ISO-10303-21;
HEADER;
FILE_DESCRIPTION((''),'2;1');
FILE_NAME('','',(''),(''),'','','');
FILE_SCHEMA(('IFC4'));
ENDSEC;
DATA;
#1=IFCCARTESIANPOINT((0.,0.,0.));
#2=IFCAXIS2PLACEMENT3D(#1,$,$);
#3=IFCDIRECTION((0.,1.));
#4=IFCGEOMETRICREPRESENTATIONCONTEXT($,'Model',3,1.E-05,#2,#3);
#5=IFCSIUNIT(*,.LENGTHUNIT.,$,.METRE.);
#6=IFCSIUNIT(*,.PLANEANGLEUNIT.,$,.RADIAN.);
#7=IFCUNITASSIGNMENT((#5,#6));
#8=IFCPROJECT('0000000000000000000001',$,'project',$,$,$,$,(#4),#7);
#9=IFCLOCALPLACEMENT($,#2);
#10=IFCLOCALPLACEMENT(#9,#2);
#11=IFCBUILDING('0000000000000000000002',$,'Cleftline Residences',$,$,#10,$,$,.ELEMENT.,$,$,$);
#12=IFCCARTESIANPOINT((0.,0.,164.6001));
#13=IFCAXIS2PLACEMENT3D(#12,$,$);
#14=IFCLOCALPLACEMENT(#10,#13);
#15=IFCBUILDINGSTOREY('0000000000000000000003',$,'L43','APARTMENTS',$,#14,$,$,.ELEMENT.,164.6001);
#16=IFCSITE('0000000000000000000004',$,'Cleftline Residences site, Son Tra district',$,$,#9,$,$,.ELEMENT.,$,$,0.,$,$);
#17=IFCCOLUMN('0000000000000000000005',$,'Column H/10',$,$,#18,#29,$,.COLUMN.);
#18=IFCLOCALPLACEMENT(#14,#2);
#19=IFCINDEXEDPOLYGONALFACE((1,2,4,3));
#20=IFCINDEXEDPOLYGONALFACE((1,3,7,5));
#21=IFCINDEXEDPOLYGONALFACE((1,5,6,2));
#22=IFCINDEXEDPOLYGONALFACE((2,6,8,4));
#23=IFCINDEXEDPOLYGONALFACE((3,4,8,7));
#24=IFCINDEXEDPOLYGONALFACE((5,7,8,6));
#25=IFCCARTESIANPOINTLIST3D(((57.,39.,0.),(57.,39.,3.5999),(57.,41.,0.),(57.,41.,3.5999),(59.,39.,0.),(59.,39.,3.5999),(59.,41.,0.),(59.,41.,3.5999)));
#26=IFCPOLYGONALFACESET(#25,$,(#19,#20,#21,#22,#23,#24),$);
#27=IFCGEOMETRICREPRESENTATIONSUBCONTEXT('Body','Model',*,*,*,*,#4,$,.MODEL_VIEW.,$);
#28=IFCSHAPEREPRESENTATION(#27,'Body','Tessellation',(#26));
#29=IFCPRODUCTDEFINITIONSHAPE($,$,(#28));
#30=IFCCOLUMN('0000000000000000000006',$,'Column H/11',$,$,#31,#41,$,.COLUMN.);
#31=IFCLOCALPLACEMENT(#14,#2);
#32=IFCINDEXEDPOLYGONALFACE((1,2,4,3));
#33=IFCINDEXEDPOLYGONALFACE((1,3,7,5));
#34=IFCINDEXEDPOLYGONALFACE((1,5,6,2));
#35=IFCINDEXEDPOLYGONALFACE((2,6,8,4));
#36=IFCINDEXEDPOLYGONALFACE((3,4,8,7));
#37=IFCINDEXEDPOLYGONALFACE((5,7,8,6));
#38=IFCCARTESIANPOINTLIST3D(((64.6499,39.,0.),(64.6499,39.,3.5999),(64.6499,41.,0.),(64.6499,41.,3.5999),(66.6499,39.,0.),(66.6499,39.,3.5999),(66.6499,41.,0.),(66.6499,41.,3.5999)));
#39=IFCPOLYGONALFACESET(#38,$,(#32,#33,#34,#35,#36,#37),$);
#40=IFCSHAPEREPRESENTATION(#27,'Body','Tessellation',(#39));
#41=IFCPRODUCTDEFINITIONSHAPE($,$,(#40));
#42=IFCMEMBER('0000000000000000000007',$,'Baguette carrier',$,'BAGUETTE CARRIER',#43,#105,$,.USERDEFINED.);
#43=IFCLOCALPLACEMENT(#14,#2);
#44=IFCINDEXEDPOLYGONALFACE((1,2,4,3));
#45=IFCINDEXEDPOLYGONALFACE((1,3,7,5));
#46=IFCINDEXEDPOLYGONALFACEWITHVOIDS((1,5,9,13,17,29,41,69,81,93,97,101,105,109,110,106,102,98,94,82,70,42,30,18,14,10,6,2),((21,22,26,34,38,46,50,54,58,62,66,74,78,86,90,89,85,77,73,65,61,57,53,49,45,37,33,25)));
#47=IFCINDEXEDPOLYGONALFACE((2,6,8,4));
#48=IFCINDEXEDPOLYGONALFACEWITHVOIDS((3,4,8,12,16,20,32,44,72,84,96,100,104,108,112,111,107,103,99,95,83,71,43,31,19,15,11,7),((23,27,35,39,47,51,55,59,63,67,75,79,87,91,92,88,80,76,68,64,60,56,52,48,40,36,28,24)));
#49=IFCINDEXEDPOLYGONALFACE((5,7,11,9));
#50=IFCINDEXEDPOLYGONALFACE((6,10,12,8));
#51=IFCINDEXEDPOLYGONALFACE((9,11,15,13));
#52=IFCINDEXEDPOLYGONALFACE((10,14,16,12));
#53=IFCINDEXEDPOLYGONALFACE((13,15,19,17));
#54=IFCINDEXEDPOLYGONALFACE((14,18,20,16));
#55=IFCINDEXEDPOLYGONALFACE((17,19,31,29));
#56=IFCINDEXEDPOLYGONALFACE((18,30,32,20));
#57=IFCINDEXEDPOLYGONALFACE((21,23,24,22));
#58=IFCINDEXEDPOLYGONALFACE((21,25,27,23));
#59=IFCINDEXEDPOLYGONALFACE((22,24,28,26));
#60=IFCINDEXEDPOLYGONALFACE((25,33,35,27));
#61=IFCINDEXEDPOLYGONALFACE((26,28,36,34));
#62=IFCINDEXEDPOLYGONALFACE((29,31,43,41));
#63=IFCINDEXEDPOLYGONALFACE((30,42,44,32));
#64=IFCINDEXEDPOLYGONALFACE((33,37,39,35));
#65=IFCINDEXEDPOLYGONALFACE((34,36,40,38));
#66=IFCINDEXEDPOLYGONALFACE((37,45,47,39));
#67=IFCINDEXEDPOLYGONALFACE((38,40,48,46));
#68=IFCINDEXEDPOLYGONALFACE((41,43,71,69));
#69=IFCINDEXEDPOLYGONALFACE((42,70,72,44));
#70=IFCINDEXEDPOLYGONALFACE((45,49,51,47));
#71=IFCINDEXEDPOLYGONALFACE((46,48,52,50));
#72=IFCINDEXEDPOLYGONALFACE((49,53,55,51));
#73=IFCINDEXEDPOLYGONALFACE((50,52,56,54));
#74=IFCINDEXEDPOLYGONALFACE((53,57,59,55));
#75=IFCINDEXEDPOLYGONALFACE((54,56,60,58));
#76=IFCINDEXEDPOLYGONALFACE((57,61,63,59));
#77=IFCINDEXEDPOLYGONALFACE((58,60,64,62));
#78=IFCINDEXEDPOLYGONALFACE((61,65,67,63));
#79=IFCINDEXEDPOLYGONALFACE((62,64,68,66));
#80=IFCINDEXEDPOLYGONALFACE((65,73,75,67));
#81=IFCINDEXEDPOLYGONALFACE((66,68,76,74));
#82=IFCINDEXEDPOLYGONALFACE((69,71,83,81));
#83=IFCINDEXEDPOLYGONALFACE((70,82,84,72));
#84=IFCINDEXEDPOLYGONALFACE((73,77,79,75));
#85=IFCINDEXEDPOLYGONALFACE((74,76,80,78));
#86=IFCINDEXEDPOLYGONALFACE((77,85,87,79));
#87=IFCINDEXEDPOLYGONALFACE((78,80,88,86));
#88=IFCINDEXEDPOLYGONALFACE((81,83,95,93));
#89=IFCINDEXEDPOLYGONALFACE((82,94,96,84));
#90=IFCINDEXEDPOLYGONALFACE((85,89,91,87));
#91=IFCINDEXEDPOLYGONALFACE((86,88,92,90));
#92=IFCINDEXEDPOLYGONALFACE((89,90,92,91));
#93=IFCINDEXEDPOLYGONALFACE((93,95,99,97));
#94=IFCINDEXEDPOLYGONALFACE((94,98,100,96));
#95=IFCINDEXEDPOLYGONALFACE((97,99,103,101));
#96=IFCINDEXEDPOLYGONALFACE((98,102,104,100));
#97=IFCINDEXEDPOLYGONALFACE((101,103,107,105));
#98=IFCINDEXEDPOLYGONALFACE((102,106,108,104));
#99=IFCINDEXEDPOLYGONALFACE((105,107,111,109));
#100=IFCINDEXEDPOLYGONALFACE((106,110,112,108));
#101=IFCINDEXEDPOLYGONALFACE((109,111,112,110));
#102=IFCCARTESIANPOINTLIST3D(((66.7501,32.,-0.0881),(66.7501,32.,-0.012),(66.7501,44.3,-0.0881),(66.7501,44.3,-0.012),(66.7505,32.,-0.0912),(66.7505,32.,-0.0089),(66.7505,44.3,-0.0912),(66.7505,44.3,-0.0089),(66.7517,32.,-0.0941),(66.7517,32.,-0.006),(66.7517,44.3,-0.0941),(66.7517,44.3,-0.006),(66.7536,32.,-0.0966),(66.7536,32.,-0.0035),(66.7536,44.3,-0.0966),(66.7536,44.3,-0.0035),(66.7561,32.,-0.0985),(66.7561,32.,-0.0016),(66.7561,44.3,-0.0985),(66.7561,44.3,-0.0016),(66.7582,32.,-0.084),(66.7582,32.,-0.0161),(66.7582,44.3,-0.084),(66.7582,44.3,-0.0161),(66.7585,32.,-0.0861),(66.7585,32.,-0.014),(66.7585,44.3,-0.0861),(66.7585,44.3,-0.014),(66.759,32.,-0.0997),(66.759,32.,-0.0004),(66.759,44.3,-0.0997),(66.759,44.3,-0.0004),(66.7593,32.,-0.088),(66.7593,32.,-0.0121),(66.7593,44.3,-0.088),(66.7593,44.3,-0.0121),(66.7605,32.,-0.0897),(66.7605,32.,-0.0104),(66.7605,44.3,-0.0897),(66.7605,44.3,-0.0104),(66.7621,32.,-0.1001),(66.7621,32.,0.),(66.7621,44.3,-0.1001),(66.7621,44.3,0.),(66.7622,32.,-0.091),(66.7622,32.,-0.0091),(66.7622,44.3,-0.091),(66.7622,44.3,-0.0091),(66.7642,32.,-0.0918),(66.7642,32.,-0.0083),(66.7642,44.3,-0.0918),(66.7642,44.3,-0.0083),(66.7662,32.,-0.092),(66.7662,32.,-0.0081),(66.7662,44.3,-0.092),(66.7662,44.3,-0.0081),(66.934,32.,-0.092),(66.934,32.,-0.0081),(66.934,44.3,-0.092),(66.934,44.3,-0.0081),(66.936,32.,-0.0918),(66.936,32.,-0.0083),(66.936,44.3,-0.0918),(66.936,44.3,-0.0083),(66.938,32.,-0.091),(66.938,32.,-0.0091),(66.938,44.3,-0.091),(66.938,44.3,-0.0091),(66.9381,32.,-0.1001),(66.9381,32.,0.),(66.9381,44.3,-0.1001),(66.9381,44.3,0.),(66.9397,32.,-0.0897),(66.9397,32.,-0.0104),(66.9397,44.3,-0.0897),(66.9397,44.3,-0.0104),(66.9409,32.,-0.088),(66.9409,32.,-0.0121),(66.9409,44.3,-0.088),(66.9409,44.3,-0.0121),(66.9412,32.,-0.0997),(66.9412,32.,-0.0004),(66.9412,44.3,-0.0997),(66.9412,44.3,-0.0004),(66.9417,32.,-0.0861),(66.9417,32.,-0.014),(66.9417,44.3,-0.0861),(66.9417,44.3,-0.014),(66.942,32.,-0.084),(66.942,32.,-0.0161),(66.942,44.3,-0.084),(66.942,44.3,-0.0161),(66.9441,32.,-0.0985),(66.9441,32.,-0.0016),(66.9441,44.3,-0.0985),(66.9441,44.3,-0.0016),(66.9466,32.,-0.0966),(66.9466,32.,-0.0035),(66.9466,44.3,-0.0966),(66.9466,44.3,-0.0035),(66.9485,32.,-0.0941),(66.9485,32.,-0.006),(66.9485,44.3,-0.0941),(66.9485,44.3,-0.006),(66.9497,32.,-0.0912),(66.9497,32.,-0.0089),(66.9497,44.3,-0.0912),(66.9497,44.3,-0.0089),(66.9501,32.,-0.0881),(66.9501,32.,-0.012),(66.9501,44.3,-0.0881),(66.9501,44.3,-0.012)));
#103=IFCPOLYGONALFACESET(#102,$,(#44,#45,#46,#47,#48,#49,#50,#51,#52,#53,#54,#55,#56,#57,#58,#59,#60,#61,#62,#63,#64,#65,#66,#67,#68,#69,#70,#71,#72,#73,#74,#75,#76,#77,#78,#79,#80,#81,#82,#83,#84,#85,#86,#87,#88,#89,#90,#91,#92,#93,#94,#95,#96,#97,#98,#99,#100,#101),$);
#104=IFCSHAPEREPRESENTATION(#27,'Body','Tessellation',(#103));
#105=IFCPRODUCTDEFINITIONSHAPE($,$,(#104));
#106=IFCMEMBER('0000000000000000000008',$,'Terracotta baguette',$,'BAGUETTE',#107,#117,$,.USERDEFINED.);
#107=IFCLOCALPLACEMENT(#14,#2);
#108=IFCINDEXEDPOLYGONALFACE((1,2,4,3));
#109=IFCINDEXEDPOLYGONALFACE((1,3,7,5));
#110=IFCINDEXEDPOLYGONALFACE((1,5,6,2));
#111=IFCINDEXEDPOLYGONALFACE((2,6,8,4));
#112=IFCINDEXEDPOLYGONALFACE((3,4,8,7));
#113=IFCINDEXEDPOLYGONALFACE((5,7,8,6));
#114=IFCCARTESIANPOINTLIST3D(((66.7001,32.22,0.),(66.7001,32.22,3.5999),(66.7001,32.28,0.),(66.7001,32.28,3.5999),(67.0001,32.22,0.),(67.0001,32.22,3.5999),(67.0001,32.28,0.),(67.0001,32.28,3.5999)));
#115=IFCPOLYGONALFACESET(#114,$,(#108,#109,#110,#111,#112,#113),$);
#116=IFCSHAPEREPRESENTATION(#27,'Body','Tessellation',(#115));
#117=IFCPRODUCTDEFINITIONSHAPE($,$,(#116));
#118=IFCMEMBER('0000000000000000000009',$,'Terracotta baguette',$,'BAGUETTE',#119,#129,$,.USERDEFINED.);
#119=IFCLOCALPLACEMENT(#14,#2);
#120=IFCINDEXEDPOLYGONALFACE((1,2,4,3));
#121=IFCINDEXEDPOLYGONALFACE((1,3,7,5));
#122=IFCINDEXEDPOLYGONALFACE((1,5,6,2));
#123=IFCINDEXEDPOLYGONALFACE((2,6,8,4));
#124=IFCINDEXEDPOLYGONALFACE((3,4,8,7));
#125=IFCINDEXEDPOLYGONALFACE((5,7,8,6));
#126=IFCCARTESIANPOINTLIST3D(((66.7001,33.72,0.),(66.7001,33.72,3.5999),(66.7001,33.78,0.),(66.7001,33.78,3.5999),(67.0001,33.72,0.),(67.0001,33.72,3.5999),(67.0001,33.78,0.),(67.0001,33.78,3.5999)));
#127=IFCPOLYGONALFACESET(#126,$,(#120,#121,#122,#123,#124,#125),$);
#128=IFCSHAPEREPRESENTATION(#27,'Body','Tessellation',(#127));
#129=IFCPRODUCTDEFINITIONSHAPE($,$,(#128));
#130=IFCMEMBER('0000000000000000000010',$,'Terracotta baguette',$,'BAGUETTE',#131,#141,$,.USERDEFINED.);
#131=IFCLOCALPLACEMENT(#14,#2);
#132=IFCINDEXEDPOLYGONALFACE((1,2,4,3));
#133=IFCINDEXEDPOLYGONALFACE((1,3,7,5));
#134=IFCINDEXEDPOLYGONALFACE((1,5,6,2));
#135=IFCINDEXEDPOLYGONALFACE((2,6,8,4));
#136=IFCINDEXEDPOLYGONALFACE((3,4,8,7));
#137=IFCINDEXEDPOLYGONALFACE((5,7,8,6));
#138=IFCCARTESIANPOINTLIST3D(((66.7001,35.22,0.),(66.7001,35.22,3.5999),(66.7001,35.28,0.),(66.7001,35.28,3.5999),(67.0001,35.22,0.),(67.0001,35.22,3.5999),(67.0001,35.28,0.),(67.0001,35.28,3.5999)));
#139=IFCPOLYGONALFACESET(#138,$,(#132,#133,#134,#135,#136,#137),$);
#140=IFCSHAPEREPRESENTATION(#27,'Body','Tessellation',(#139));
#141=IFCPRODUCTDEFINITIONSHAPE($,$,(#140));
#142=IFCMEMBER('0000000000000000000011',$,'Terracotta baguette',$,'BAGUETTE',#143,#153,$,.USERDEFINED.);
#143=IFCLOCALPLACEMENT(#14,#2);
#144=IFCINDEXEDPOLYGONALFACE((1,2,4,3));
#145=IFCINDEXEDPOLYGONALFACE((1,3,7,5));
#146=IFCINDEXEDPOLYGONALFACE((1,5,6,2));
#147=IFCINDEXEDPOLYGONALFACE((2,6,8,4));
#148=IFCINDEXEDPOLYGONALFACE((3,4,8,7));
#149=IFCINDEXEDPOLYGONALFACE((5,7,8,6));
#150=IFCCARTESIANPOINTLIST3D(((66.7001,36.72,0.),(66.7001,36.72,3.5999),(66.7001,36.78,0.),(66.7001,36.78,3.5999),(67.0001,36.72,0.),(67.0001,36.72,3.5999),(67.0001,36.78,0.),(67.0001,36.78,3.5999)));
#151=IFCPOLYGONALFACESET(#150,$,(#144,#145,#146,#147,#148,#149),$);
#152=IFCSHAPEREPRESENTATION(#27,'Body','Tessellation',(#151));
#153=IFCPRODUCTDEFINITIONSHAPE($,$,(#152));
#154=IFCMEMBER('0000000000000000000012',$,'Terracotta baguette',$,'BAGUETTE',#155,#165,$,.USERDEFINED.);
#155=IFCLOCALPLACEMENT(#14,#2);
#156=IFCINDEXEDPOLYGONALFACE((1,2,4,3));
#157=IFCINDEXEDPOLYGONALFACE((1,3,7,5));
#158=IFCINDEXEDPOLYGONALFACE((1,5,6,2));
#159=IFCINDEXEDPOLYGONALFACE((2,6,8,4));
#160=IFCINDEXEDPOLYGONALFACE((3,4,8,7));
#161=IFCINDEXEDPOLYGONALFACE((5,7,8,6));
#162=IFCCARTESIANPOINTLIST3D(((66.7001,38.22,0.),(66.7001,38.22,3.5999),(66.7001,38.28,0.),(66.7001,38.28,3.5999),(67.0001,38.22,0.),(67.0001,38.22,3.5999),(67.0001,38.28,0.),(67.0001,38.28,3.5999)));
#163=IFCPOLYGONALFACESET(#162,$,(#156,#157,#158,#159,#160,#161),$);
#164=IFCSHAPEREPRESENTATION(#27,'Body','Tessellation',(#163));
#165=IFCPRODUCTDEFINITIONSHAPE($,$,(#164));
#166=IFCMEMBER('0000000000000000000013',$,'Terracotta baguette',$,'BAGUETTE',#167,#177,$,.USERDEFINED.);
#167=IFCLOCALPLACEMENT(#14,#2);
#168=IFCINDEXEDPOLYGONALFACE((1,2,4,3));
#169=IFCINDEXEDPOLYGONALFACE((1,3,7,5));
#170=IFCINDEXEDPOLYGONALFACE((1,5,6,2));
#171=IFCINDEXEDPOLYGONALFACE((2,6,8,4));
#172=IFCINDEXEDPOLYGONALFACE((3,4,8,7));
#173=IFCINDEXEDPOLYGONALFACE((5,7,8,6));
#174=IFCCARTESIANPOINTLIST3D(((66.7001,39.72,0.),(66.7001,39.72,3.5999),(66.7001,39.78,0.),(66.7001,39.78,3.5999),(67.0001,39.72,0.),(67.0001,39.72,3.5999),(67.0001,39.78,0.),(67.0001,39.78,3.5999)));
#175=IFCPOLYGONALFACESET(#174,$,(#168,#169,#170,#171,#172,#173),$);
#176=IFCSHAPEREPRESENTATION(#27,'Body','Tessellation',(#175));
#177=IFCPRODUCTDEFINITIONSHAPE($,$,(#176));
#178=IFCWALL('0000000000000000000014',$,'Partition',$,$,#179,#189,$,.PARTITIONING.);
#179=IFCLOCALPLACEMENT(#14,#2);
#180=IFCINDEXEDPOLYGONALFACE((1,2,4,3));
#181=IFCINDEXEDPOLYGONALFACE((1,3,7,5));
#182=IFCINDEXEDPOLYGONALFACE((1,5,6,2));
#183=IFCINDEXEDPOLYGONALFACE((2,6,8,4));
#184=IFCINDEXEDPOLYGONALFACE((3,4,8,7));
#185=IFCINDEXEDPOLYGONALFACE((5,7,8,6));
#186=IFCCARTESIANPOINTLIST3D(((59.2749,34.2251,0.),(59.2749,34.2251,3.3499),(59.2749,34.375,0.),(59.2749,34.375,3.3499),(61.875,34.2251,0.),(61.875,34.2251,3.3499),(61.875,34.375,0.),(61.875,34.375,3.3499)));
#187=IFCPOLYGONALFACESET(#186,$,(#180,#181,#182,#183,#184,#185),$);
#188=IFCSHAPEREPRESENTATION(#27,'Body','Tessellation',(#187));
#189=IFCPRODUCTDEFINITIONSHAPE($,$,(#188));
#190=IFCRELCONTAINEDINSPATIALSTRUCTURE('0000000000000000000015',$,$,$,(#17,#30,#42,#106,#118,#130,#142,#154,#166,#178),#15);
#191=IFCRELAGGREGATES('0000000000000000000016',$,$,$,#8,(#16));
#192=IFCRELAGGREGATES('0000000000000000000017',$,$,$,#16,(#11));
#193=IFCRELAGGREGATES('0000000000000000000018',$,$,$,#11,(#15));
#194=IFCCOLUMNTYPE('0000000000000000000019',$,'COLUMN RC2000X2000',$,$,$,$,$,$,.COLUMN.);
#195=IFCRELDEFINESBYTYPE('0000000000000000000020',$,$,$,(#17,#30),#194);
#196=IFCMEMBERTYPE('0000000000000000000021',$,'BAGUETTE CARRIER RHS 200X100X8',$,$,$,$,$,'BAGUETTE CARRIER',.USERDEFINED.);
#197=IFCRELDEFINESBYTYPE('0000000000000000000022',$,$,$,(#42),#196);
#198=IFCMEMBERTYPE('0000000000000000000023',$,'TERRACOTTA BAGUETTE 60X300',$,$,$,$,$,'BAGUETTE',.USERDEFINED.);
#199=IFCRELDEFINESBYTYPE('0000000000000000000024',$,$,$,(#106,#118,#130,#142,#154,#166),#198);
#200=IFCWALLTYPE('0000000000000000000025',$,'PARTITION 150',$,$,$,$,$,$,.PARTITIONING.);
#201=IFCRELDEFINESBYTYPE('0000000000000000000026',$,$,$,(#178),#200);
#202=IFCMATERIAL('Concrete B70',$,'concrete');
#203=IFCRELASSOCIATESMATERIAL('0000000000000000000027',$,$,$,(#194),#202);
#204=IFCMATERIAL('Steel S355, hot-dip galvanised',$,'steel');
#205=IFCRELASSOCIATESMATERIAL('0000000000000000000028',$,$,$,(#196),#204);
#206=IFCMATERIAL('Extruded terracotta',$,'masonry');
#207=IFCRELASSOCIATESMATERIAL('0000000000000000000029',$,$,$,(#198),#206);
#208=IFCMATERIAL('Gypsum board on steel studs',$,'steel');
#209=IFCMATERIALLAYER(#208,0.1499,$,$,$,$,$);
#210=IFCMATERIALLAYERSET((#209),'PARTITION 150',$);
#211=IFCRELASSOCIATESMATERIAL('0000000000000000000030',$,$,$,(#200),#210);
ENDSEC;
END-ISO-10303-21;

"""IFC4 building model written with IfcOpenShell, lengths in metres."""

from ifc_helpers import new_model, si_unit, direction, frame, frame_2d, origin, origin_2d, place, context, subcontext, project, spatial, rectangle, hollow_rectangle, extrude, material, layer, layer_set, material_profile, profile_set, type_object, element, save


model = new_model("IFC4")

# Units and contexts
model_context = context("Model", 3, precision=1e-05, world=origin(), true_north=direction((0.0, 1.0)))
body_context = subcontext(model_context, "Body", "Model", "MODEL_VIEW")
ifc_project = project(units=[si_unit("LENGTHUNIT", "METRE"), si_unit("PLANEANGLEUNIT", "RADIAN")], contexts=[model_context])

# Site, building, storey
site_placement = place(None, origin())
site = spatial("IfcSite", under=ifc_project, at=site_placement, Name="Cleftline Residences site, Son Tra district", CompositionType="ELEMENT", RefElevation=0.0)
building_placement = place(site_placement, origin())
building = spatial("IfcBuilding", under=site, at=building_placement, Name="Cleftline Residences", CompositionType="ELEMENT")
storey_placement = place(building_placement, frame((0.0, 0.0, 164.6001)))
storey = spatial("IfcBuildingStorey", under=building, at=storey_placement, Name="L43", Description="APARTMENTS", CompositionType="ELEMENT", Elevation=164.6001)

# Columns
ifc_material_1 = material(Name="Concrete B70", Category="concrete")
ifc_material_profile_1 = material_profile(ifc_material_1, rectangle(XDim=2.0, YDim=2.0, at=origin_2d()))
ifc_profile_set_1 = profile_set([ifc_material_profile_1], Name="Concrete B70")
column_type = type_object("IfcColumnType", Name="COLUMN RC2000X2000", PredefinedType="COLUMN", material=ifc_profile_set_1)
for number, where, z_axis, x_axis, name in (
    (1, (58.0, 40.0, 0.0), (0.0, 0.0, 1.0), (1.0, 0.0, 0.0), "Column H/10"),
    (2, (65.6499, 40.0, 0.0), (0.0, 0.0, 1.0), (1.0, 0.0, 0.0), "Column H/11"),
):
    element("IfcColumn", number, at=place(storey_placement, frame(where, z_axis=z_axis, x_axis=x_axis)), inside=storey, type_object=column_type, Name=name, PredefinedType="COLUMN", context=body_context, shape_type="SweptSolid", body=[
        extrude(rectangle(XDim=2.0, YDim=2.0, at=origin_2d()), origin(), (0.0, 0.0, 1.0), 3.5999),
    ])

# Members
ifc_material_2 = material(Name="Steel S355, hot-dip galvanised", Category="steel")
ifc_material_profile_2 = material_profile(ifc_material_2, hollow_rectangle(XDim=0.1001, YDim=0.2, WallThickness=0.0081, InnerFilletRadius=0.0081, OuterFilletRadius=0.012, at=origin_2d()))
ifc_profile_set_2 = profile_set([ifc_material_profile_2], Name="Steel S355, hot-dip galvanised")
member_type_1 = type_object("IfcMemberType", Name="BAGUETTE CARRIER RHS 200X100X8", ElementType="BAGUETTE CARRIER", PredefinedType="USERDEFINED", material=ifc_profile_set_2)
member_placement = place(storey_placement, frame((66.8501, 32.0, -0.05), z_axis=(0.0, 1.0, 0.0), x_axis=(0.0, 0.0, 1.0)))
element("IfcMember", 3, at=member_placement, inside=storey, type_object=member_type_1, Name="Baguette carrier", ObjectType="BAGUETTE CARRIER", PredefinedType="USERDEFINED", context=body_context, shape_type="SweptSolid", body=[
    extrude(hollow_rectangle(XDim=0.1001, YDim=0.2, WallThickness=0.0081, InnerFilletRadius=0.0081, OuterFilletRadius=0.012, at=origin_2d()), origin(), (0.0, 0.0, 1.0), 12.3),
])
ifc_material_3 = material(Name="Extruded terracotta", Category="masonry")
ifc_material_profile_3 = material_profile(ifc_material_3, rectangle(XDim=0.0601, YDim=0.3, at=origin_2d()))
ifc_profile_set_3 = profile_set([ifc_material_profile_3], Name="Extruded terracotta")
member_type_2 = type_object("IfcMemberType", Name="TERRACOTTA BAGUETTE 60X300", ElementType="BAGUETTE", PredefinedType="USERDEFINED", material=ifc_profile_set_3)
for number, where, z_axis, x_axis, name in (
    (4, (66.8501, 32.25, 0.0), (0.0, 0.0, 1.0), (0.0, 1.0, 0.0), "Terracotta baguette"),
    (5, (66.8501, 33.75, 0.0), (0.0, 0.0, 1.0), (0.0, 1.0, 0.0), "Terracotta baguette"),
    (6, (66.8501, 35.25, 0.0), (0.0, 0.0, 1.0), (0.0, 1.0, 0.0), "Terracotta baguette"),
    (7, (66.8501, 36.75, 0.0), (0.0, 0.0, 1.0), (0.0, 1.0, 0.0), "Terracotta baguette"),
    (8, (66.8501, 38.25, 0.0), (0.0, 0.0, 1.0), (0.0, 1.0, 0.0), "Terracotta baguette"),
    (9, (66.8501, 39.75, 0.0), (0.0, 0.0, 1.0), (0.0, 1.0, 0.0), "Terracotta baguette"),
):
    element("IfcMember", number, at=place(storey_placement, frame(where, z_axis=z_axis, x_axis=x_axis)), inside=storey, type_object=member_type_2, Name=name, ObjectType="BAGUETTE", PredefinedType="USERDEFINED", context=body_context, shape_type="SweptSolid", body=[
        extrude(rectangle(XDim=0.0601, YDim=0.3, at=origin_2d()), origin(), (0.0, 0.0, 1.0), 3.5999),
    ])

# Wall
ifc_material_4 = material(Name="Gypsum board on steel studs", Category="steel")
ifc_layer = layer(ifc_material_4, 0.1499)
ifc_layer_set = layer_set([ifc_layer], Name="PARTITION 150")
wall_type = type_object("IfcWallType", Name="PARTITION 150", PredefinedType="PARTITIONING", material=ifc_layer_set)
wall_1_placement = place(storey_placement, frame((59.2749, 34.3, 0.0), z_axis=(0.0, 0.0, 1.0), x_axis=(1.0, 0.0, 0.0)))
element("IfcWall", 10, at=wall_1_placement, inside=storey, type_object=wall_type, Name="Partition", PredefinedType="PARTITIONING", context=body_context, shape_type="SweptSolid", body=[
    extrude(rectangle(XDim=2.6001, YDim=0.1499, at=frame_2d((1.3, 0.0))), origin(), (0.0, 0.0, 1.0), 3.3499),
])

save(model, "model.ifc")
